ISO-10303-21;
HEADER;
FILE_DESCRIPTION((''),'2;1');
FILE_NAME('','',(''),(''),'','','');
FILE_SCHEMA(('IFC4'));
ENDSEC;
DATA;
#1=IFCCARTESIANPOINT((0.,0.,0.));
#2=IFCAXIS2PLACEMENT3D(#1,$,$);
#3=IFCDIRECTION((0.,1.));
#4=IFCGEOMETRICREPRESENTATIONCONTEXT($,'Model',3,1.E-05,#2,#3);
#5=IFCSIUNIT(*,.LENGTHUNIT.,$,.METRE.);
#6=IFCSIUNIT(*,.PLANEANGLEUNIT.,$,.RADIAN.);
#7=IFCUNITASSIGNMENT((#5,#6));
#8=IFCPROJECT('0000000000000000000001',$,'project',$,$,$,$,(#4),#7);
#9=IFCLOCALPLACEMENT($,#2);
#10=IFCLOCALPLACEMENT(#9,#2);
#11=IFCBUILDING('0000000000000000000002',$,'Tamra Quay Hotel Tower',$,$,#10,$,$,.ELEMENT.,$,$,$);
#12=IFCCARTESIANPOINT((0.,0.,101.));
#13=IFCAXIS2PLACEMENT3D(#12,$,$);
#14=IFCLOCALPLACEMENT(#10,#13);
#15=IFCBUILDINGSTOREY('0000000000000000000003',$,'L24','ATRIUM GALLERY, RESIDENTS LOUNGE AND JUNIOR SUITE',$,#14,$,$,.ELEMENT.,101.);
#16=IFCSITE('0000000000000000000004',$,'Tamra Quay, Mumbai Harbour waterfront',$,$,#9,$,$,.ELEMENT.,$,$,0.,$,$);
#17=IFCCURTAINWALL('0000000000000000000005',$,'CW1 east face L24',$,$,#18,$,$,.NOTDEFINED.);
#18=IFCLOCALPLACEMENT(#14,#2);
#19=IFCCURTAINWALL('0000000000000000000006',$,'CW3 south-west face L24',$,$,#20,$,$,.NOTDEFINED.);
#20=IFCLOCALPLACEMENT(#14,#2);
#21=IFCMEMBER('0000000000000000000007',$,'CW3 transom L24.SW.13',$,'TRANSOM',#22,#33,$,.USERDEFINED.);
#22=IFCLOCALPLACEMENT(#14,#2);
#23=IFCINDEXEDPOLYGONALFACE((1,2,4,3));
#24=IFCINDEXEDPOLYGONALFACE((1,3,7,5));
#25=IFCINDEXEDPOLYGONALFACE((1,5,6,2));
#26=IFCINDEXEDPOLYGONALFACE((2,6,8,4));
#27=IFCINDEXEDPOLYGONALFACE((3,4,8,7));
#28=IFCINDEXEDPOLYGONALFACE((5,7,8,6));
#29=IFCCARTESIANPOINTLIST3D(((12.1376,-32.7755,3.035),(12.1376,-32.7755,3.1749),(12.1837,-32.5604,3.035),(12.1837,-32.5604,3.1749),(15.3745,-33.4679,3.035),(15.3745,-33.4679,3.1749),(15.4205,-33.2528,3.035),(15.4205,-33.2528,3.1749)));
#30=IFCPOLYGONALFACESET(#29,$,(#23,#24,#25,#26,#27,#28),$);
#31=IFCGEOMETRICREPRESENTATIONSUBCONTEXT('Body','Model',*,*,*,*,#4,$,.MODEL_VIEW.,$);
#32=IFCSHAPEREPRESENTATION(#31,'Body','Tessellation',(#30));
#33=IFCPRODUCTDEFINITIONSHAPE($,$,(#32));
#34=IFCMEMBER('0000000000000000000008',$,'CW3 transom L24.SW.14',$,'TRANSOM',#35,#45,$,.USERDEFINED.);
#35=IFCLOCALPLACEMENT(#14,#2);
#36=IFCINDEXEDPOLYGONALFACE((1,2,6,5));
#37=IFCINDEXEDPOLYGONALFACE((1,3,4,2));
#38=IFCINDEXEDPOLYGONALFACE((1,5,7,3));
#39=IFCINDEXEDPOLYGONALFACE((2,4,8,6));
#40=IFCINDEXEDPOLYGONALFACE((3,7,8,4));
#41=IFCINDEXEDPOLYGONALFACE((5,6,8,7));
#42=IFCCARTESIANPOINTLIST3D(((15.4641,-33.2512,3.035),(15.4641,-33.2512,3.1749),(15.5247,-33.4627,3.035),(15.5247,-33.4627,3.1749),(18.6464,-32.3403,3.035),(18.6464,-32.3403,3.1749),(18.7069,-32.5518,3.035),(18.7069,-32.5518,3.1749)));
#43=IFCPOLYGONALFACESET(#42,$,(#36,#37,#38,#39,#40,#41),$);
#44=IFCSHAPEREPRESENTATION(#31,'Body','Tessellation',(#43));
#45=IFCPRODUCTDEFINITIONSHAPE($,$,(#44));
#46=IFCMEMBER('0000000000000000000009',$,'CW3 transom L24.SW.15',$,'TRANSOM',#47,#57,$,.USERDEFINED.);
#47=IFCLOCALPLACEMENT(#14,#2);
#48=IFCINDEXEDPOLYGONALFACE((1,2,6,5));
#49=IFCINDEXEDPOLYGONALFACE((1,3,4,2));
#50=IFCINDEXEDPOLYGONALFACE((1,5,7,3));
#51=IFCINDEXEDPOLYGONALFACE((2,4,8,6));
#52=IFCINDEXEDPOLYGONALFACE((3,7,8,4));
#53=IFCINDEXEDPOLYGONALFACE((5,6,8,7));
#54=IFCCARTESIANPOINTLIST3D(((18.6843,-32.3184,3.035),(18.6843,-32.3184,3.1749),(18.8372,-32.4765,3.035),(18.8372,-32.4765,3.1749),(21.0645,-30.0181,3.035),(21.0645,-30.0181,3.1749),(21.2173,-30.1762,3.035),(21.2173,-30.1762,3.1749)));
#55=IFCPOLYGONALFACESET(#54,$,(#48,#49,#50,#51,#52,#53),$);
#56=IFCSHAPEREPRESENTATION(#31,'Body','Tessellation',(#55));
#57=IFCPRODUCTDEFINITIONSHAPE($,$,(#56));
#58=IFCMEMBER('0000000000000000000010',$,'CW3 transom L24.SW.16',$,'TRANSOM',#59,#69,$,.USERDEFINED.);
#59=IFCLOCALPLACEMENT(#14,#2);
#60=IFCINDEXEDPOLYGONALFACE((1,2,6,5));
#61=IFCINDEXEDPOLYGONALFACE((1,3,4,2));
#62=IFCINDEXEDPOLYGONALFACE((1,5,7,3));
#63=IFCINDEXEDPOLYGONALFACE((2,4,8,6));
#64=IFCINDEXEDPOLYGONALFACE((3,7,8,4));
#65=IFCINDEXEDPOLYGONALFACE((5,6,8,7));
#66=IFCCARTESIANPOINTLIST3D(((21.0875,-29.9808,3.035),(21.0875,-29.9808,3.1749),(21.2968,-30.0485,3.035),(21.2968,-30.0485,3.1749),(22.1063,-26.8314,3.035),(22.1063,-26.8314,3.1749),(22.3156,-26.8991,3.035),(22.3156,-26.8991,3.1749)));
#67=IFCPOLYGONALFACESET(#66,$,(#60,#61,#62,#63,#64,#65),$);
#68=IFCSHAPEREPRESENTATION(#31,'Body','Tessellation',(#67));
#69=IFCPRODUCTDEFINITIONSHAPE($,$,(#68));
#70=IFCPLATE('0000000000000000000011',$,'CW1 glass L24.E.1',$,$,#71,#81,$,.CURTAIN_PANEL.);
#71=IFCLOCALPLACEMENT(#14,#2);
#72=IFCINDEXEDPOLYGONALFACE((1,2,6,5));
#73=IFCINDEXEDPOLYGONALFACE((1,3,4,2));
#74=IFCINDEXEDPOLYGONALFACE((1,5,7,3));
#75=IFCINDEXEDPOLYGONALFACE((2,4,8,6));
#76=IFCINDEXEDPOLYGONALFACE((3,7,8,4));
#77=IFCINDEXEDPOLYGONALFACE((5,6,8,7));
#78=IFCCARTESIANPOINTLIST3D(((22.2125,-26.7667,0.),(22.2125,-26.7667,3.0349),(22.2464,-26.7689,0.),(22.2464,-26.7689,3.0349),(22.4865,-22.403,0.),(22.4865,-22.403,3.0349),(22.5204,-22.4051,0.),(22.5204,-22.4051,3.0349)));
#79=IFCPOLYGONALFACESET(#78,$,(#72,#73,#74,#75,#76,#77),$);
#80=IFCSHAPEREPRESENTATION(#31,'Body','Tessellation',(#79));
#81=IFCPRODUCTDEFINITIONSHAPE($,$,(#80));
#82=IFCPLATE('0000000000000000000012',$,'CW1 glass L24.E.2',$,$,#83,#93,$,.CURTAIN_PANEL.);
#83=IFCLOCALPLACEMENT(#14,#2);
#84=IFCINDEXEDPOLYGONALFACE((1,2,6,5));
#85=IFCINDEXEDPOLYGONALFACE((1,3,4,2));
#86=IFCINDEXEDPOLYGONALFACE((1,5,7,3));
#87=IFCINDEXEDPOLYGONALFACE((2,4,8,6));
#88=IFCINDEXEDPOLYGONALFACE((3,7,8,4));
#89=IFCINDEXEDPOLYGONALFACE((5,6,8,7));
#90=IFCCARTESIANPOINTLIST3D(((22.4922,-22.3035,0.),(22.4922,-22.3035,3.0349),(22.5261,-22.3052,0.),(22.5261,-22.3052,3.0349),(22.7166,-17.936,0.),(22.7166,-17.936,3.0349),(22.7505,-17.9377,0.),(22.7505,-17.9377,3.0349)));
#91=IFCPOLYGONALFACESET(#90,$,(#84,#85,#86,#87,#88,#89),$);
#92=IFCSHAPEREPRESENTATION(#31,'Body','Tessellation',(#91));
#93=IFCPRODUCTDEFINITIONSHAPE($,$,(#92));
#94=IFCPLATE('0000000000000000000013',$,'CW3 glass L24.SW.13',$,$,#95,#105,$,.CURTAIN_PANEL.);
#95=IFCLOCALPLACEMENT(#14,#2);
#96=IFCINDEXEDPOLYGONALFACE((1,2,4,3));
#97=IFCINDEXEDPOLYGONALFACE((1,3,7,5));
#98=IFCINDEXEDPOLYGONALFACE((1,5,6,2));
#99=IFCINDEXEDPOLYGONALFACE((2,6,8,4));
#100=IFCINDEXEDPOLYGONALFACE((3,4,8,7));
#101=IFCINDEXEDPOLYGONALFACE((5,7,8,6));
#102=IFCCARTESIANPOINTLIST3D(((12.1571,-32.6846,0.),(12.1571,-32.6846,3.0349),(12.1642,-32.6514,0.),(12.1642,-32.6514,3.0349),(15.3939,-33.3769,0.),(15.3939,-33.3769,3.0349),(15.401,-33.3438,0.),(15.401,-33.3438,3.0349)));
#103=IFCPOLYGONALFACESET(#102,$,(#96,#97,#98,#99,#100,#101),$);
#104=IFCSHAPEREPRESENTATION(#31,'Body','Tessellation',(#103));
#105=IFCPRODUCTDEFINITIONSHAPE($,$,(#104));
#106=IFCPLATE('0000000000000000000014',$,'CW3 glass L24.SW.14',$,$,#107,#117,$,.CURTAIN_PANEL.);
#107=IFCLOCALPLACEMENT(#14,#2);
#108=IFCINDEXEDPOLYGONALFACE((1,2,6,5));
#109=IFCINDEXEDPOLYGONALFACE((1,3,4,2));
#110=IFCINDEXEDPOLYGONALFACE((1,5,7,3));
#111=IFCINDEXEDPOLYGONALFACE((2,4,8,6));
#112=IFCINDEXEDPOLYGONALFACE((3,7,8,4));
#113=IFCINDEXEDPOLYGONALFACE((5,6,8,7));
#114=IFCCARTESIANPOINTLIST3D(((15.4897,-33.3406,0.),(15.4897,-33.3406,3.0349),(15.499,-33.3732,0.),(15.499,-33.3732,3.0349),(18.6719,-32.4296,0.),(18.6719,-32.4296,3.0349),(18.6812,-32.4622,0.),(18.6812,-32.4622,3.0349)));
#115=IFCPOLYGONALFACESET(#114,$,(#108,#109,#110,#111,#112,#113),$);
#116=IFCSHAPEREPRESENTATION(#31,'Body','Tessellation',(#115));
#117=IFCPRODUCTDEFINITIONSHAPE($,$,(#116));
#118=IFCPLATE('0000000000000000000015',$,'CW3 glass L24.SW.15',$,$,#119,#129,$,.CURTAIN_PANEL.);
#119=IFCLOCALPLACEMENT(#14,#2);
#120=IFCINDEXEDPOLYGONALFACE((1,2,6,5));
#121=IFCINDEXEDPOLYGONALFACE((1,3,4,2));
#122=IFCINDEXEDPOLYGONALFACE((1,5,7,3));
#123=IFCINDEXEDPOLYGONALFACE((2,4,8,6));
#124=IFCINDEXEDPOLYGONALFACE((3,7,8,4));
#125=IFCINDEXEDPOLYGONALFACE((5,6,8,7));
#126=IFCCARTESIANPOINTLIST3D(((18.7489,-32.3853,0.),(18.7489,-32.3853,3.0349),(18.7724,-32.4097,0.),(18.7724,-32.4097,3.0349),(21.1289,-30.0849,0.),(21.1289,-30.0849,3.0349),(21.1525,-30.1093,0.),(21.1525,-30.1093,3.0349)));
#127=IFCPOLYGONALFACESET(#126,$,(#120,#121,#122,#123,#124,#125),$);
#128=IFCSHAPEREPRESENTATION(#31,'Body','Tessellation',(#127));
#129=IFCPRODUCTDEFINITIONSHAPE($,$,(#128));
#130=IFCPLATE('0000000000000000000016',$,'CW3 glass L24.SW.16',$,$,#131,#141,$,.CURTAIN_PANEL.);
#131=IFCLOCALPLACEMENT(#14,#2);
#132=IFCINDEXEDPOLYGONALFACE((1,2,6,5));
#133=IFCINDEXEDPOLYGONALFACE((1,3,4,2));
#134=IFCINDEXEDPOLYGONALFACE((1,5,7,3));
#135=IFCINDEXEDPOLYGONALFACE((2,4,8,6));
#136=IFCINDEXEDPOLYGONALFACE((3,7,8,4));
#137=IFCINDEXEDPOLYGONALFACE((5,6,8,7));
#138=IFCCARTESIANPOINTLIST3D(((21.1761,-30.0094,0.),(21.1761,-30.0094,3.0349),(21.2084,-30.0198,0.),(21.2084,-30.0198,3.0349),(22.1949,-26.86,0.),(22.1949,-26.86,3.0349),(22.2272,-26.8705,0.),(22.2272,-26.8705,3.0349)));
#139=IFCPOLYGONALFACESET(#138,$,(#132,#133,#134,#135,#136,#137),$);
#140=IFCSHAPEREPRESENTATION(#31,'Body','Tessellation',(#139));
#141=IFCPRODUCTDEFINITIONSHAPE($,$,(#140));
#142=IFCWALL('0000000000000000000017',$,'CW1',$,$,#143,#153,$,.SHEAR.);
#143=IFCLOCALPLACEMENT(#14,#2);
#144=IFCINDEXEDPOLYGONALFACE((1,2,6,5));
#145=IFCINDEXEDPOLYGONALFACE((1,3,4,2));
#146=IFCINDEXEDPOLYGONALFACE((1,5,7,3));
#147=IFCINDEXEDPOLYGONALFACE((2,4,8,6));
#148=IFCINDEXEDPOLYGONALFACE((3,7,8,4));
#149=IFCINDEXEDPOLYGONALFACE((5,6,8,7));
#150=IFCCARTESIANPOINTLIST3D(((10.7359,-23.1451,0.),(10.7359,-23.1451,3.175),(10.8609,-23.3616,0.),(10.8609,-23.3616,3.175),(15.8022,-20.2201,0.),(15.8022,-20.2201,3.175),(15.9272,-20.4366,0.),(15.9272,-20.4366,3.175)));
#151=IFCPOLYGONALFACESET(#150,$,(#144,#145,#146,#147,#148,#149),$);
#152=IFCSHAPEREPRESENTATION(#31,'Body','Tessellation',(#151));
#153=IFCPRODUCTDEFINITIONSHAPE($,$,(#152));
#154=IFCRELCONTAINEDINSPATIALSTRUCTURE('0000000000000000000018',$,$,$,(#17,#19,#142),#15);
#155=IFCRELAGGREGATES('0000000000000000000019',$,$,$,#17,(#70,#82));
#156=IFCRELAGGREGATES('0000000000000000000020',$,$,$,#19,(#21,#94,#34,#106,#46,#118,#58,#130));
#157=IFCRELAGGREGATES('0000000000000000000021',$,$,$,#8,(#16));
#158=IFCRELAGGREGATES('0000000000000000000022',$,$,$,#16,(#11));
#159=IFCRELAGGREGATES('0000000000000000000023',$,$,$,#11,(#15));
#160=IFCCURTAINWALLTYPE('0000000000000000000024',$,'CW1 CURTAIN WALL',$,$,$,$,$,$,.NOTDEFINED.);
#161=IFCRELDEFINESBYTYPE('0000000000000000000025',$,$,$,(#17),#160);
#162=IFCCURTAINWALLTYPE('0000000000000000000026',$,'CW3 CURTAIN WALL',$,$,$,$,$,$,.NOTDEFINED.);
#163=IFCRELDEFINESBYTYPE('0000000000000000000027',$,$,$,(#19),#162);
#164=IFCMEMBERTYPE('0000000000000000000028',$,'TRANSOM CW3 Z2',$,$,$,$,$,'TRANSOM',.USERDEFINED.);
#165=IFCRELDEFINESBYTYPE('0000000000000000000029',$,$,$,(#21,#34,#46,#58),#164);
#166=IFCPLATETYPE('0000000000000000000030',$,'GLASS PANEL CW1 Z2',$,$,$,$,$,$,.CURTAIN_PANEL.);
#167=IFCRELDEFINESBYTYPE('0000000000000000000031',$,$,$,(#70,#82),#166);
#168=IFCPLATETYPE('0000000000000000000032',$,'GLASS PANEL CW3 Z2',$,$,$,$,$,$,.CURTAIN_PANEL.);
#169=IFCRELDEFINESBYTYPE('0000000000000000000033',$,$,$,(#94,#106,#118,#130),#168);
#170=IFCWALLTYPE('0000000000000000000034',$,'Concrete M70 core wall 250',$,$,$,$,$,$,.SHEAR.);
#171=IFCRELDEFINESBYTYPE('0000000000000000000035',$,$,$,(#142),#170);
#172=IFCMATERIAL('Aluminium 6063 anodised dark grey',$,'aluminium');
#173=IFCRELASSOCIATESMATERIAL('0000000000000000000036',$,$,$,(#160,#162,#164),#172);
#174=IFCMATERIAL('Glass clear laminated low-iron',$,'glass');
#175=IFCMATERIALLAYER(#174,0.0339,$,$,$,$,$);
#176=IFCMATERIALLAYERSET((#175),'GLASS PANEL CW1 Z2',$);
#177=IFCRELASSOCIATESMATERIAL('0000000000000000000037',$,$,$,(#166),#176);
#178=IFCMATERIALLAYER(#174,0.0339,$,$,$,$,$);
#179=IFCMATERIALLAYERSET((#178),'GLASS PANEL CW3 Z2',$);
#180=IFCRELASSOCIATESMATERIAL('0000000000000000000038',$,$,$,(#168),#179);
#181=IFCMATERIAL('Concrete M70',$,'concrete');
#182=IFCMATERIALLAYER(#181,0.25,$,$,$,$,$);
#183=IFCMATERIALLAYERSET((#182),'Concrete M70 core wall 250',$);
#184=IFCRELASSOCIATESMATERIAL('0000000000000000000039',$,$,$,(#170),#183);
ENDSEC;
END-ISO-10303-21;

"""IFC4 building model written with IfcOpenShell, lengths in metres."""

from ifc_helpers import new_model, si_unit, direction, frame, frame_2d, origin, origin_2d, place, context, subcontext, project, spatial, rectangle, extrude, material, layer, layer_set, material_profile, profile_set, type_object, element, aggregate, save


model = new_model("IFC4")

# Units and contexts
model_context = context("Model", 3, precision=1e-05, world=origin(), true_north=direction((0.0, 1.0)))
body_context = subcontext(model_context, "Body", "Model", "MODEL_VIEW")
ifc_project = project(units=[si_unit("LENGTHUNIT", "METRE"), si_unit("PLANEANGLEUNIT", "RADIAN")], contexts=[model_context])

# Site, building, storey
site_placement = place(None, origin())
site = spatial("IfcSite", under=ifc_project, at=site_placement, Name="Tamra Quay, Mumbai Harbour waterfront", CompositionType="ELEMENT", RefElevation=0.0)
building_placement = place(site_placement, origin())
building = spatial("IfcBuilding", under=site, at=building_placement, Name="Tamra Quay Hotel Tower", CompositionType="ELEMENT")
storey_placement = place(building_placement, frame((0.0, 0.0, 101.0)))
storey = spatial("IfcBuildingStorey", under=building, at=storey_placement, Name="L24", Description="ATRIUM GALLERY, RESIDENTS LOUNGE AND JUNIOR SUITE", CompositionType="ELEMENT", Elevation=101.0)

# Shared definitions
ifc_material_1 = material(Name="Concrete M70", Category="concrete")

# Curtain walls
ifc_material_2 = material(Name="Aluminium 6063 anodised dark grey", Category="aluminium")
curtain_wall_type_1 = type_object("IfcCurtainWallType", Name="CW1 CURTAIN WALL", PredefinedType="NOTDEFINED", material=ifc_material_2)
curtain_wall_1_placement = place(storey_placement, origin())
curtain_wall_1 = element("IfcCurtainWall", 1, at=curtain_wall_1_placement, inside=storey, type_object=curtain_wall_type_1, Name="CW1 east face L24", PredefinedType="NOTDEFINED")
curtain_wall_type_2 = type_object("IfcCurtainWallType", Name="CW3 CURTAIN WALL", PredefinedType="NOTDEFINED", material=ifc_material_2)
curtain_wall_2_placement = place(storey_placement, origin())
curtain_wall_2 = element("IfcCurtainWall", 2, at=curtain_wall_2_placement, inside=storey, type_object=curtain_wall_type_2, Name="CW3 south-west face L24", PredefinedType="NOTDEFINED")

# Members
ifc_material_profile_1 = material_profile(ifc_material_2, rectangle(XDim=0.22, YDim=0.1399, at=origin_2d()), Name="TRANSOM 220X140")
ifc_profile_set_1 = profile_set([ifc_material_profile_1], Name="Aluminium 6063 anodised dark grey")
member_type_1 = type_object("IfcMemberType", Name="TRANSOM CW3 Z2", ElementType="TRANSOM", PredefinedType="USERDEFINED", material=ifc_profile_set_1)
member_1_placement = place(storey_placement, frame((12.1606, -32.668, 3.105), z_axis=(0.977878, -0.209176, 0.0), x_axis=(0.209176, 0.977878, 0.0)))
member_1 = element("IfcMember", 3, at=member_1_placement, type_object=member_type_1, Name="CW3 transom L24.SW.13", ObjectType="TRANSOM", PredefinedType="USERDEFINED", context=body_context, shape_type="SweptSolid", body=[
    extrude(rectangle(XDim=0.22, YDim=0.1399, at=origin_2d()), origin(), (0.0, 0.0, 1.0), 3.3101),
])
member_2_placement = place(storey_placement, frame((15.4944, -33.3569, 3.105), z_axis=(0.961393, 0.275179, 0.0), x_axis=(-0.275179, 0.961393, 0.0)))
member_2 = element("IfcMember", 4, at=member_2_placement, type_object=member_type_1, Name="CW3 transom L24.SW.14", ObjectType="TRANSOM", PredefinedType="USERDEFINED", context=body_context, shape_type="SweptSolid", body=[
    extrude(rectangle(XDim=0.22, YDim=0.1399, at=origin_2d()), origin(), (0.0, 0.0, 1.0), 3.3101),
])
member_3_placement = place(storey_placement, frame((18.7607, -32.3975, 3.105), z_axis=(0.719063, 0.694945, 0.0), x_axis=(-0.694945, 0.719063, 0.0)))
member_3 = element("IfcMember", 5, at=member_3_placement, type_object=member_type_1, Name="CW3 transom L24.SW.15", ObjectType="TRANSOM", PredefinedType="USERDEFINED", context=body_context, shape_type="SweptSolid", body=[
    extrude(rectangle(XDim=0.22, YDim=0.1399, at=origin_2d()), origin(), (0.0, 0.0, 1.0), 3.3101),
])
member_4_placement = place(storey_placement, frame((21.1921, -30.0146, 3.105), z_axis=(0.307785, 0.951456, 0.0), x_axis=(-0.951456, 0.307785, 0.0)))
member_4 = element("IfcMember", 6, at=member_4_placement, type_object=member_type_1, Name="CW3 transom L24.SW.16", ObjectType="TRANSOM", PredefinedType="USERDEFINED", context=body_context, shape_type="SweptSolid", body=[
    extrude(rectangle(XDim=0.22, YDim=0.1399, at=origin_2d()), origin(), (0.0, 0.0, 1.0), 3.3101),
])

# Plates
ifc_material_3 = material(Name="Glass clear laminated low-iron", Category="glass")
ifc_layer_1 = layer(ifc_material_3, 0.0339)
ifc_layer_set_1 = layer_set([ifc_layer_1], Name="GLASS PANEL CW1 Z2")
plate_type_1 = type_object("IfcPlateType", Name="GLASS PANEL CW1 Z2", PredefinedType="CURTAIN_PANEL", material=ifc_layer_set_1)
plate_1_placement = place(storey_placement, frame((22.3665, -24.5859, 0.0), z_axis=(0.0, 0.0, 1.0), x_axis=(0.06267, 0.998034, 0.0)))
plate_1 = element("IfcPlate", 7, at=plate_1_placement, type_object=plate_type_1, Name="CW1 glass L24.E.1", PredefinedType="CURTAIN_PANEL", context=body_context, shape_type="SweptSolid", body=[
    extrude(rectangle(XDim=4.3723, YDim=0.0339, at=origin_2d()), origin(), (0.0, 0.0, 1.0), 3.0349),
])
plate_2_placement = place(storey_placement, frame((22.6213, -20.1206, 0.0), z_axis=(0.0, 0.0, 1.0), x_axis=(0.051321, 0.998682, 0.0)))
plate_2 = element("IfcPlate", 8, at=plate_2_placement, type_object=plate_type_1, Name="CW1 glass L24.E.2", PredefinedType="CURTAIN_PANEL", context=body_context, shape_type="SweptSolid", body=[
    extrude(rectangle(XDim=4.3733, YDim=0.0339, at=origin_2d()), origin(), (0.0, 0.0, 1.0), 3.0349),
])
aggregate(curtain_wall_1, [plate_1, plate_2])
ifc_layer_2 = layer(ifc_material_3, 0.0339)
ifc_layer_set_2 = layer_set([ifc_layer_2], Name="GLASS PANEL CW3 Z2")
plate_type_2 = type_object("IfcPlateType", Name="GLASS PANEL CW3 Z2", PredefinedType="CURTAIN_PANEL", material=ifc_layer_set_2)
plate_3_placement = place(storey_placement, frame((13.7791, -33.0142, 0.0), z_axis=(0.0, 0.0, 1.0), x_axis=(0.977879, -0.209172, 0.0)))
plate_3 = element("IfcPlate", 9, at=plate_3_placement, type_object=plate_type_2, Name="CW3 glass L24.SW.13", PredefinedType="CURTAIN_PANEL", context=body_context, shape_type="SweptSolid", body=[
    extrude(rectangle(XDim=3.3101, YDim=0.0339, at=origin_2d()), origin(), (0.0, 0.0, 1.0), 3.0349),
])
plate_4_placement = place(storey_placement, frame((17.0854, -32.9014, 0.0), z_axis=(0.0, 0.0, 1.0), x_axis=(0.96138, 0.275224, 0.0)))
plate_4 = element("IfcPlate", 10, at=plate_4_placement, type_object=plate_type_2, Name="CW3 glass L24.SW.14", PredefinedType="CURTAIN_PANEL", context=body_context, shape_type="SweptSolid", body=[
    extrude(rectangle(XDim=3.3101, YDim=0.0339, at=origin_2d()), origin(), (0.0, 0.0, 1.0), 3.0349),
])
plate_5_placement = place(storey_placement, frame((19.9507, -31.2473, 0.0), z_axis=(0.0, 0.0, 1.0), x_axis=(0.719041, 0.694967, 0.0)))
plate_5 = element("IfcPlate", 11, at=plate_5_placement, type_object=plate_type_2, Name="CW3 glass L24.SW.15", PredefinedType="CURTAIN_PANEL", context=body_context, shape_type="SweptSolid", body=[
    extrude(rectangle(XDim=3.3101, YDim=0.0339, at=origin_2d()), origin(), (0.0, 0.0, 1.0), 3.0349),
])
plate_6_placement = place(storey_placement, frame((21.7017, -28.4399, 0.0), z_axis=(0.0, 0.0, 1.0), x_axis=(0.307791, 0.951454, 0.0)))
plate_6 = element("IfcPlate", 12, at=plate_6_placement, type_object=plate_type_2, Name="CW3 glass L24.SW.16", PredefinedType="CURTAIN_PANEL", context=body_context, shape_type="SweptSolid", body=[
    extrude(rectangle(XDim=3.3101, YDim=0.0339, at=origin_2d()), origin(), (0.0, 0.0, 1.0), 3.0349),
])
aggregate(curtain_wall_2, [member_1, plate_3, member_2, plate_4, member_3, plate_5, member_4, plate_6])

# Wall
ifc_layer_3 = layer(ifc_material_1, 0.25)
ifc_layer_set_3 = layer_set([ifc_layer_3], Name="Concrete M70 core wall 250")
wall_type = type_object("IfcWallType", Name="Concrete M70 core wall 250", PredefinedType="SHEAR", material=ifc_layer_set_3)
wall_placement = place(storey_placement, frame((15.8647, -20.3284, 0.0), z_axis=(0.0, 0.0, 1.0), x_axis=(-0.866029, -0.499995, 0.0)))
element("IfcWall", 13, at=wall_placement, inside=storey, type_object=wall_type, Name="CW1", PredefinedType="SHEAR", context=body_context, shape_type="SweptSolid", body=[
    extrude(rectangle(XDim=5.8501, YDim=0.25, at=frame_2d((2.925, 0.0))), origin(), (0.0, 0.0, 1.0), 3.175),
])

save(model, "model.ifc")
